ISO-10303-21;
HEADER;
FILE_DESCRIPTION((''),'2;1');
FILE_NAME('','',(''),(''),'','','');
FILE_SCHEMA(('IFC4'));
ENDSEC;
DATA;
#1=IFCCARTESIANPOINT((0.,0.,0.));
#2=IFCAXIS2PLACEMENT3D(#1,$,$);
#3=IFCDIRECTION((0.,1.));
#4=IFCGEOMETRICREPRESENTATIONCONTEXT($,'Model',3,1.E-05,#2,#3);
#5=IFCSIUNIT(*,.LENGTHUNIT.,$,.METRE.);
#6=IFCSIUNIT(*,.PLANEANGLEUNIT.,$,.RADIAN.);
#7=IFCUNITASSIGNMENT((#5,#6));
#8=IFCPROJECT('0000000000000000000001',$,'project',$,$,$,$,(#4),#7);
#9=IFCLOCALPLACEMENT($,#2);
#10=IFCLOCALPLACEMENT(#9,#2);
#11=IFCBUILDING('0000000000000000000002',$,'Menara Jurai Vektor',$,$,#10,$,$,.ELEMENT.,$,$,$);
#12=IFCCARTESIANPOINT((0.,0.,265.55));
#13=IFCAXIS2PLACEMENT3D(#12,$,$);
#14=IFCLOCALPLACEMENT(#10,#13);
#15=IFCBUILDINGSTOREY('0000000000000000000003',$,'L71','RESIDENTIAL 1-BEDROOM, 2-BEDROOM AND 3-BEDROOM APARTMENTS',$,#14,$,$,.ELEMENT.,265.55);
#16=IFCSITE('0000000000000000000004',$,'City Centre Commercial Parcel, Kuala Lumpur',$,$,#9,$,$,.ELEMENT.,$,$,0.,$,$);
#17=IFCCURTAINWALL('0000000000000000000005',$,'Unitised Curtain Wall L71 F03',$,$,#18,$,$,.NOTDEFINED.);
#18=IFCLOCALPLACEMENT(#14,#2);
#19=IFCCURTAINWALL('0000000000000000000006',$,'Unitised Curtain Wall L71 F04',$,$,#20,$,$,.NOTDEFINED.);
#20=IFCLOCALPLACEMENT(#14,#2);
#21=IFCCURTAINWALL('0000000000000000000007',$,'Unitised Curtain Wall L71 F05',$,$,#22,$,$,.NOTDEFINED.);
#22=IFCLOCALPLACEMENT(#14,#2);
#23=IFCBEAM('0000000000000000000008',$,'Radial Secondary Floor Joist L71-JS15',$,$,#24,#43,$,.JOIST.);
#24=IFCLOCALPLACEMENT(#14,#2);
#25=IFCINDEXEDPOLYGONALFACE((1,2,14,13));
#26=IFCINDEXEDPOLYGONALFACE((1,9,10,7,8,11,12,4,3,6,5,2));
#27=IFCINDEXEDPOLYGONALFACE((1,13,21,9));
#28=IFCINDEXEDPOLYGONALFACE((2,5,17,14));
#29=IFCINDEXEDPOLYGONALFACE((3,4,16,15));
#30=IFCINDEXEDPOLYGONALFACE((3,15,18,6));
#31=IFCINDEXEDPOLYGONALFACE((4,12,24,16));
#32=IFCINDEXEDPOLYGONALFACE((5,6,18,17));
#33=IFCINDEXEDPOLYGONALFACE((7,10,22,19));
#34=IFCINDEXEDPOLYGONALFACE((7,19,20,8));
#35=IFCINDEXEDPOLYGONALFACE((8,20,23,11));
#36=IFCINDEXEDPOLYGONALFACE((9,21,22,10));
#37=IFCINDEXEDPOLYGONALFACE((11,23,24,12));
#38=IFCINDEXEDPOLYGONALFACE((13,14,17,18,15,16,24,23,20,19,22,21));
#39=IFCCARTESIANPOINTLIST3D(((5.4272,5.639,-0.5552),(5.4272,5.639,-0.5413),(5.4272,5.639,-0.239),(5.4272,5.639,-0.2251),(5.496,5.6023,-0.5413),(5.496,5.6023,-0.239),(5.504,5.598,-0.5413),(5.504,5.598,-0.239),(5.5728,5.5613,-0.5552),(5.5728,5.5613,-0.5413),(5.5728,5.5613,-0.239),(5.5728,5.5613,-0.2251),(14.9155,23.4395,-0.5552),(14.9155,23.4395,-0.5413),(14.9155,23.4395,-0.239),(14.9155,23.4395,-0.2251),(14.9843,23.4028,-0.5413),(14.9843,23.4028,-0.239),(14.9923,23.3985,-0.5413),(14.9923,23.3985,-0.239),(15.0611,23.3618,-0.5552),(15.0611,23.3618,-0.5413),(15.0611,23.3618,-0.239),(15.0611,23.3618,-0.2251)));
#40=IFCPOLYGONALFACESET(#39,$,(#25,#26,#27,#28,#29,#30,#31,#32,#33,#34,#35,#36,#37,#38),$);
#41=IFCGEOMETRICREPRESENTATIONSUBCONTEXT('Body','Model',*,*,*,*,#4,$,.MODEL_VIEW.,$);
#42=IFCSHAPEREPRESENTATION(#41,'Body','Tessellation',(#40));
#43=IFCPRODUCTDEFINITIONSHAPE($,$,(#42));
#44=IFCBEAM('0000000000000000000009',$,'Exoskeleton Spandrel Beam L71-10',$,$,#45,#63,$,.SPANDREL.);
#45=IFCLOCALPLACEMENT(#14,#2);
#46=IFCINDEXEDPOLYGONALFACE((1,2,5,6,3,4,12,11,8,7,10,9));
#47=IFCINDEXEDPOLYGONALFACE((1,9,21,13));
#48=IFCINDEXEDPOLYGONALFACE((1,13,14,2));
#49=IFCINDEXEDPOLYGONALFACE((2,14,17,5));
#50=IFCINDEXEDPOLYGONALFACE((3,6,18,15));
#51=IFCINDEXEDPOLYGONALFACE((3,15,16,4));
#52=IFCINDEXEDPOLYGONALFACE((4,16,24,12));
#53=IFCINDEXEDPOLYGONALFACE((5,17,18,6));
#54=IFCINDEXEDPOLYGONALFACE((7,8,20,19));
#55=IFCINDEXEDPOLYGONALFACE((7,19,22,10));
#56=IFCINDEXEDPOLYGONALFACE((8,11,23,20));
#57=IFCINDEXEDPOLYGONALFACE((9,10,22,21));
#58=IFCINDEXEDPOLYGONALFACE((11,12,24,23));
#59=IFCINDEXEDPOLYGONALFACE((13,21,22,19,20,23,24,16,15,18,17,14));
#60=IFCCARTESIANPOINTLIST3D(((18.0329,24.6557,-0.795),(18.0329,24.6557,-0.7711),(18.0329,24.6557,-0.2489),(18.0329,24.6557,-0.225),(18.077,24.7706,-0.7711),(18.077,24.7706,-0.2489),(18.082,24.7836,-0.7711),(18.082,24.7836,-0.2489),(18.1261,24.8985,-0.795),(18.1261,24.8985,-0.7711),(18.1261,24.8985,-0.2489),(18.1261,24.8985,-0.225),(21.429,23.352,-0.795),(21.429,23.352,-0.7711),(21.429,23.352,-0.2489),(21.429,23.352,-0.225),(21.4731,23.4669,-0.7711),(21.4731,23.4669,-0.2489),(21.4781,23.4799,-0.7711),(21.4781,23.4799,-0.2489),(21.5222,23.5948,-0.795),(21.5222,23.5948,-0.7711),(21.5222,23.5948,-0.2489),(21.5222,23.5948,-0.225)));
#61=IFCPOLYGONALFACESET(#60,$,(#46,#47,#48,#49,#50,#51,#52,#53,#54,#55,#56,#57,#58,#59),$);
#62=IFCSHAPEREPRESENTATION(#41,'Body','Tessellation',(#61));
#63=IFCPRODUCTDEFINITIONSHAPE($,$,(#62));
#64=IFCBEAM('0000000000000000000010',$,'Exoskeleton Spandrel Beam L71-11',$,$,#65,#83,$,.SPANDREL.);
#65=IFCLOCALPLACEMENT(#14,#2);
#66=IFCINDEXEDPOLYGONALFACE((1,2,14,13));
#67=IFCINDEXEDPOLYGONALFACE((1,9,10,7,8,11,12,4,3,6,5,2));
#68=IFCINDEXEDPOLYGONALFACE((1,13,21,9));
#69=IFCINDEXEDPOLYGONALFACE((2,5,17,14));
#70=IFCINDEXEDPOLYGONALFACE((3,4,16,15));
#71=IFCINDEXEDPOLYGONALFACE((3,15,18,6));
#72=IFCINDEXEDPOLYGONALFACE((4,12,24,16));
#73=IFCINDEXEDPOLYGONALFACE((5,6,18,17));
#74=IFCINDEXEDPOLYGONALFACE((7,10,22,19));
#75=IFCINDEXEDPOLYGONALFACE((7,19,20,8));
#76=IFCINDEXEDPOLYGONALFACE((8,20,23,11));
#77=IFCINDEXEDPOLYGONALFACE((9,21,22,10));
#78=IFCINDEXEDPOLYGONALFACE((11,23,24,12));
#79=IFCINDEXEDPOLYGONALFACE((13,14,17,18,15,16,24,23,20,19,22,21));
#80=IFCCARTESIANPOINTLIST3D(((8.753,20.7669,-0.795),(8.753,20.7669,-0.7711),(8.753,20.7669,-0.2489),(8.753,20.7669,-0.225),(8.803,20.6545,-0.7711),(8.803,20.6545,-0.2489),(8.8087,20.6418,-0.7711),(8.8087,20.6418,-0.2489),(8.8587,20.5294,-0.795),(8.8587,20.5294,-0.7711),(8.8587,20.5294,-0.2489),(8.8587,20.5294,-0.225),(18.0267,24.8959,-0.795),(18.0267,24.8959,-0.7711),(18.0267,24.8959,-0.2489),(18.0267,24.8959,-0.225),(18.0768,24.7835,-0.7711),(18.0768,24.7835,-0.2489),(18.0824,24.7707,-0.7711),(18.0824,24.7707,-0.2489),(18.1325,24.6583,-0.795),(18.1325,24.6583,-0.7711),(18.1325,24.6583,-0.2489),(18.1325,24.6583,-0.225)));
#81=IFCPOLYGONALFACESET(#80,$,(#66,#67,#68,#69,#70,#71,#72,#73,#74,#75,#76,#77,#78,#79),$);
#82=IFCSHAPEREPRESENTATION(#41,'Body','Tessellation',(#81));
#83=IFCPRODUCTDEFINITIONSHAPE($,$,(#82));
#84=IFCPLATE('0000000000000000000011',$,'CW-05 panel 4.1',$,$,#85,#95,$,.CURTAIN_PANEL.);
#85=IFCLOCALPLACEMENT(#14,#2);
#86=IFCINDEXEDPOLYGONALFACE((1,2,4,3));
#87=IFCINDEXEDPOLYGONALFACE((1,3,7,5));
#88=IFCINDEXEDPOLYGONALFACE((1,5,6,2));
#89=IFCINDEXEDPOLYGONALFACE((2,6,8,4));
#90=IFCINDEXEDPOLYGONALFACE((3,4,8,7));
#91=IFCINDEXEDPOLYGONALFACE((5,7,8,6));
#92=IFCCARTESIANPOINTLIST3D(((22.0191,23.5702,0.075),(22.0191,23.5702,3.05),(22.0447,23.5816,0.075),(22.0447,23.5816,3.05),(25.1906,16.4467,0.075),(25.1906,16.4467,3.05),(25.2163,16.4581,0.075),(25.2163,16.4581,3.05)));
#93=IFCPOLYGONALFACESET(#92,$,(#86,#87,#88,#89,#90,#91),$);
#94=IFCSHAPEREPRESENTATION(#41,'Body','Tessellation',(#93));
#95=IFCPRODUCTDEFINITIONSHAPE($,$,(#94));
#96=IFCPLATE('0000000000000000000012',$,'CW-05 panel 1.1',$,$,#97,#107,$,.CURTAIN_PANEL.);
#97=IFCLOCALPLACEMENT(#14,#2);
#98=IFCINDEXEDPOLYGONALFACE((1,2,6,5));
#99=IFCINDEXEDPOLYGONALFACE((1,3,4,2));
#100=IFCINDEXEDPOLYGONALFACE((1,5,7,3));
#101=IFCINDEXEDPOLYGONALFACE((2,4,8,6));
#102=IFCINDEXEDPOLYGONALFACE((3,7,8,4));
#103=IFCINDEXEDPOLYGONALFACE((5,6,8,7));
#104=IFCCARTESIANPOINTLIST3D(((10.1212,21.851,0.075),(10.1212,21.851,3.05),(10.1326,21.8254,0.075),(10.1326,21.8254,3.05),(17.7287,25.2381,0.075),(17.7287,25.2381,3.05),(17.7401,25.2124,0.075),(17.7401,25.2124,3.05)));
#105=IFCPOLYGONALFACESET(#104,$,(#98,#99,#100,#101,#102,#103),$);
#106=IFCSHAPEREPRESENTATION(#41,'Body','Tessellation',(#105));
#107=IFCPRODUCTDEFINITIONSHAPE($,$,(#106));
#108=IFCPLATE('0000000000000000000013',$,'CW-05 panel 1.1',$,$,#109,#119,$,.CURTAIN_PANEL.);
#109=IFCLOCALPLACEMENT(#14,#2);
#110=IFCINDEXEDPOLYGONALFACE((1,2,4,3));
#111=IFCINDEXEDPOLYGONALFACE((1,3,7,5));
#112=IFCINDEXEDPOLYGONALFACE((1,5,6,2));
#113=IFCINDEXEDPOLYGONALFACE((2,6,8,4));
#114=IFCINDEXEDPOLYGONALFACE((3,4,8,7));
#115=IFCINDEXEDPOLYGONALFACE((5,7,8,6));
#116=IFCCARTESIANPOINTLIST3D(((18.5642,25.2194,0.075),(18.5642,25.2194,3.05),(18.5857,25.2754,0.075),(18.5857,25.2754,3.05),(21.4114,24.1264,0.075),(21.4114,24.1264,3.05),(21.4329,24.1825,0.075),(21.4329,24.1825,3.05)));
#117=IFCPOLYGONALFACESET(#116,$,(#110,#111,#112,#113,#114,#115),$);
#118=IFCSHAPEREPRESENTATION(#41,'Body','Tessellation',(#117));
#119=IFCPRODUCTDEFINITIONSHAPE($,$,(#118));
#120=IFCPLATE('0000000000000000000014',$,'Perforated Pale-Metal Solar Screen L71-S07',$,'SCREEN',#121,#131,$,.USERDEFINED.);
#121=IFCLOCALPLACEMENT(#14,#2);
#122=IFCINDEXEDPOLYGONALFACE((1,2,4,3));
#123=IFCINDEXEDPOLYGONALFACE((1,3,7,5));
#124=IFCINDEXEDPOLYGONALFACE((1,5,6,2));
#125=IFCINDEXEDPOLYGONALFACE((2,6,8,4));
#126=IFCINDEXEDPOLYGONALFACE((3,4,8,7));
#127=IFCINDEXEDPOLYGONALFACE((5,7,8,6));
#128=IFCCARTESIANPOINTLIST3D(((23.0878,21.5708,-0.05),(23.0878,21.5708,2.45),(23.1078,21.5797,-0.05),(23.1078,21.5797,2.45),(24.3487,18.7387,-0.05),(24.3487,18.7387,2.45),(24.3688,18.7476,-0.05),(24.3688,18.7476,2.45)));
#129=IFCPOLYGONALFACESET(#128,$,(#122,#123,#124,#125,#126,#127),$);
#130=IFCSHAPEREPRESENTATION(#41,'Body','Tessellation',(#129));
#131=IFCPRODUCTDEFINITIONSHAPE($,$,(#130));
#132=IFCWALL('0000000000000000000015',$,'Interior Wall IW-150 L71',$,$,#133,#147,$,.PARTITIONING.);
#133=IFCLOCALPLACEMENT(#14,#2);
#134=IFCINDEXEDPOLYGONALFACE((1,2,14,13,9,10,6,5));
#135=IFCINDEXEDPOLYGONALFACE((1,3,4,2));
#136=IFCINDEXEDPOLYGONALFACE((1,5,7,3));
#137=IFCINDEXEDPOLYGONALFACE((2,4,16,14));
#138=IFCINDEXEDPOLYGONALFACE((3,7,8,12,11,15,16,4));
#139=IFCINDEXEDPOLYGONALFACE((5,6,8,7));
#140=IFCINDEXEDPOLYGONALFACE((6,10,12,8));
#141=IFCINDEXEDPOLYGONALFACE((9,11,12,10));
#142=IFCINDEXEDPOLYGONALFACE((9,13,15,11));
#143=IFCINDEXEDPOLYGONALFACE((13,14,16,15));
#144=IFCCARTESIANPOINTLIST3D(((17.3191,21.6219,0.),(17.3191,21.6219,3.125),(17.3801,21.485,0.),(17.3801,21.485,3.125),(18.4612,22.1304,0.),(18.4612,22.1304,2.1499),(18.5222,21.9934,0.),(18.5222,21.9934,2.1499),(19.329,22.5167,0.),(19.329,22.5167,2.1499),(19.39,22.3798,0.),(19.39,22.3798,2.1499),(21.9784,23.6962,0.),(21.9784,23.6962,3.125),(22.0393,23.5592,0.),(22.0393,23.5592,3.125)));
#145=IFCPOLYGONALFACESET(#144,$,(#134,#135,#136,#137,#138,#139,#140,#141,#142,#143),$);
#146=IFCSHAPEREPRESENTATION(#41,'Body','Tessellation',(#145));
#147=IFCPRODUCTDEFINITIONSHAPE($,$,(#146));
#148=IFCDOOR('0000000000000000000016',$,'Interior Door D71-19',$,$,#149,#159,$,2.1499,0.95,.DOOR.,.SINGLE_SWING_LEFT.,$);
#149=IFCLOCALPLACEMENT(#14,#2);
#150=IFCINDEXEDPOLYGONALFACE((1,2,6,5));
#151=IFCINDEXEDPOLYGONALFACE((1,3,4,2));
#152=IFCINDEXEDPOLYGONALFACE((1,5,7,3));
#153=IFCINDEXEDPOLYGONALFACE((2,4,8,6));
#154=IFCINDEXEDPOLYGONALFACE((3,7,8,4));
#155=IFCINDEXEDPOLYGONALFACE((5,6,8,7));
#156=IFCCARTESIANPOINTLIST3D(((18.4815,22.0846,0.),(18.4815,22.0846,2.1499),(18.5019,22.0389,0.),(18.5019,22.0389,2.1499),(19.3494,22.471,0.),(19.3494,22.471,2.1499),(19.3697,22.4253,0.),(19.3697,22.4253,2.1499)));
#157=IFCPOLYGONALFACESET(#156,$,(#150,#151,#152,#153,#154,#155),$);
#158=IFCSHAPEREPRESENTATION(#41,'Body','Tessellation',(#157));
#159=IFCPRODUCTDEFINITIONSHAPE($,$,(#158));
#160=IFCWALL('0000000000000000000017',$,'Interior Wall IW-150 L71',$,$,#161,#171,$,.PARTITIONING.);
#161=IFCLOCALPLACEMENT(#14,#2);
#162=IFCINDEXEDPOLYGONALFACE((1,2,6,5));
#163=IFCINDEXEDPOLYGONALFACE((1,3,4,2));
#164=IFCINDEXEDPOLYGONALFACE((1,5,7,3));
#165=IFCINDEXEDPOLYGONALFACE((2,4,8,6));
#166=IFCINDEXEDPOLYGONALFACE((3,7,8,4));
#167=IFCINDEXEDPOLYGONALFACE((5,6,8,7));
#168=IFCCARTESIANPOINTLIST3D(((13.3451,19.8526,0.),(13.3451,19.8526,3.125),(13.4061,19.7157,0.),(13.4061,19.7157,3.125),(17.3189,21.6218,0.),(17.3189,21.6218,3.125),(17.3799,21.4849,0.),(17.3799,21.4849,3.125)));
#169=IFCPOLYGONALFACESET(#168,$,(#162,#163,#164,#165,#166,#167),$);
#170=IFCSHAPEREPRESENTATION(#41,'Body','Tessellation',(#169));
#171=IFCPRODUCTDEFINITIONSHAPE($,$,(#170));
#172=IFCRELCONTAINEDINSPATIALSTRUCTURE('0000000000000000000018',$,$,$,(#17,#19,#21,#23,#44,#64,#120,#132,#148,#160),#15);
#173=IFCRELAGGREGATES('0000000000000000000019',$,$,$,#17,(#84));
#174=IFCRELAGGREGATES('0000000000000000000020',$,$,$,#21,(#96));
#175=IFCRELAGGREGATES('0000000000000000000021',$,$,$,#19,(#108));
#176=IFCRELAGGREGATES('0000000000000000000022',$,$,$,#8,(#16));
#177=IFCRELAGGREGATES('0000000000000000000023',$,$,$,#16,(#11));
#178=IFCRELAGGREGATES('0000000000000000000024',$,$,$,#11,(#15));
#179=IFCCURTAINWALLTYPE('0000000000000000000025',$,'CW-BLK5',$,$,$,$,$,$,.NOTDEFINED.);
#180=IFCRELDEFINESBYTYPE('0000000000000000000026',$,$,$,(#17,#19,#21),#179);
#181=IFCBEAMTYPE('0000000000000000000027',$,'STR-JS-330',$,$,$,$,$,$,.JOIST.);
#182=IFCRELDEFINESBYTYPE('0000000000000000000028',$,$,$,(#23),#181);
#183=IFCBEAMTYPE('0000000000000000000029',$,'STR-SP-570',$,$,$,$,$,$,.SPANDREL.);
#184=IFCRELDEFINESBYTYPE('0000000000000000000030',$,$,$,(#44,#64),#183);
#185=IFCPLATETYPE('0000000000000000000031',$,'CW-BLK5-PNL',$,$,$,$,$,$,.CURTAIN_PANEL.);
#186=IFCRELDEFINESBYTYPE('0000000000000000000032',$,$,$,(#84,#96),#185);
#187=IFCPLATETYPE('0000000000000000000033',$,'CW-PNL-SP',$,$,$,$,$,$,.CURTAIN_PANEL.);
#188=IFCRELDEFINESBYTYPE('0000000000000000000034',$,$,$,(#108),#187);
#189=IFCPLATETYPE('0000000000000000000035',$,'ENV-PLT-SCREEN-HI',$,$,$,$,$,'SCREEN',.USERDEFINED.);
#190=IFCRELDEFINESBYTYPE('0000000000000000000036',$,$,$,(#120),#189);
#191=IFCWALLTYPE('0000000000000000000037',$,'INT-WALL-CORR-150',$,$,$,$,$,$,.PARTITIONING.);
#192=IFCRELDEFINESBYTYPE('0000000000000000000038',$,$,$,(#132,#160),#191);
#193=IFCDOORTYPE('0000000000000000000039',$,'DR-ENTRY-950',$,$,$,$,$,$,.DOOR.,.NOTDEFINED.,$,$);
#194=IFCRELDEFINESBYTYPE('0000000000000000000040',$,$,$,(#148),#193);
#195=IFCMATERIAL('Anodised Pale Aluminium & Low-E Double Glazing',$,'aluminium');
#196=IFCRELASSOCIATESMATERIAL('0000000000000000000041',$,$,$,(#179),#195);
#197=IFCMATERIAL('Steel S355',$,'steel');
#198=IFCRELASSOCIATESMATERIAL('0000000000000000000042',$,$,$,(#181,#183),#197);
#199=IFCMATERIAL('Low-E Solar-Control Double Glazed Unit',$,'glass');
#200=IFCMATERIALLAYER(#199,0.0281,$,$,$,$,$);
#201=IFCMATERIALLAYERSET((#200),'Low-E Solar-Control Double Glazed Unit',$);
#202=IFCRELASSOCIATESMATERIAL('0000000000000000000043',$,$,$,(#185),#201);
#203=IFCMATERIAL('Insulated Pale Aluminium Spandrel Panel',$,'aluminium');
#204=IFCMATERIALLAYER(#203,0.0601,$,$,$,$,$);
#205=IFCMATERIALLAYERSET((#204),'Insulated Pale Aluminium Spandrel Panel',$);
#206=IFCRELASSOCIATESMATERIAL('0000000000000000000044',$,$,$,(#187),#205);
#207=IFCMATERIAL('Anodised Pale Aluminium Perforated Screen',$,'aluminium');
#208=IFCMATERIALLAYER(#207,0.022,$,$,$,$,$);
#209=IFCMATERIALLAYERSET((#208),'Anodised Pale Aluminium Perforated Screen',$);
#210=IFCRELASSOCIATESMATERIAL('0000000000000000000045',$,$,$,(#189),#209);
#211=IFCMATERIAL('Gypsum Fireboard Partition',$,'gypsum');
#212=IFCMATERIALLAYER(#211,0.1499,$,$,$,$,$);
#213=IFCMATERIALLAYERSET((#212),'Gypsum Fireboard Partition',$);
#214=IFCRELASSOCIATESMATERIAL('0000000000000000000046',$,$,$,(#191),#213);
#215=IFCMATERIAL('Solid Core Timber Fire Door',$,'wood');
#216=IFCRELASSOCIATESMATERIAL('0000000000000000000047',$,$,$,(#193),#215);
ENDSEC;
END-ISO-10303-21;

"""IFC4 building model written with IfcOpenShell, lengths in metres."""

from ifc_helpers import new_model, si_unit, direction, frame, frame_2d, origin, origin_2d, place, context, subcontext, project, spatial, rectangle, i_section, extrude, material, layer, layer_set, material_profile, profile_set, type_object, element, fill, aggregate, save


model = new_model("IFC4")

# Units and contexts
model_context = context("Model", 3, precision=1e-05, world=origin(), true_north=direction((0.0, 1.0)))
body_context = subcontext(model_context, "Body", "Model", "MODEL_VIEW")
ifc_project = project(units=[si_unit("LENGTHUNIT", "METRE"), si_unit("PLANEANGLEUNIT", "RADIAN")], contexts=[model_context])

# Site, building, storey
site_placement = place(None, origin())
site = spatial("IfcSite", under=ifc_project, at=site_placement, Name="City Centre Commercial Parcel, Kuala Lumpur", CompositionType="ELEMENT", RefElevation=0.0)
building_placement = place(site_placement, origin())
building = spatial("IfcBuilding", under=site, at=building_placement, Name="Menara Jurai Vektor", CompositionType="ELEMENT")
storey_placement = place(building_placement, frame((0.0, 0.0, 265.55)))
storey = spatial("IfcBuildingStorey", under=building, at=storey_placement, Name="L71", Description="RESIDENTIAL 1-BEDROOM, 2-BEDROOM AND 3-BEDROOM APARTMENTS", CompositionType="ELEMENT", Elevation=265.55)

# Curtain wall
ifc_material_1 = material(Name="Anodised Pale Aluminium & Low-E Double Glazing", Category="aluminium")
curtain_wall_type = type_object("IfcCurtainWallType", Name="CW-BLK5", PredefinedType="NOTDEFINED", material=ifc_material_1)
curtain_wall_1_placement = place(storey_placement, origin())
curtain_wall_1 = element("IfcCurtainWall", 1, at=curtain_wall_1_placement, inside=storey, type_object=curtain_wall_type, Name="Unitised Curtain Wall L71 F03", PredefinedType="NOTDEFINED")

# Curtain wall
curtain_wall_2_placement = place(storey_placement, origin())
curtain_wall_2 = element("IfcCurtainWall", 2, at=curtain_wall_2_placement, inside=storey, type_object=curtain_wall_type, Name="Unitised Curtain Wall L71 F04", PredefinedType="NOTDEFINED")

# Curtain wall
curtain_wall_3_placement = place(storey_placement, origin())
curtain_wall_3 = element("IfcCurtainWall", 3, at=curtain_wall_3_placement, inside=storey, type_object=curtain_wall_type, Name="Unitised Curtain Wall L71 F05", PredefinedType="NOTDEFINED")

# Shared definitions
ifc_material_2 = material(Name="Steel S355", Category="steel")

# Beams
ifc_material_profile_1 = material_profile(ifc_material_2, i_section(OverallWidth=0.165, OverallDepth=0.3301, WebThickness=0.009, FlangeThickness=0.0139, at=origin_2d()), Name="PG 330x165x46")
ifc_profile_set_1 = profile_set([ifc_material_profile_1], Name="Steel S355")
beam_type_1 = type_object("IfcBeamType", Name="STR-JS-330", PredefinedType="JOIST", material=ifc_profile_set_1)
beam_1_placement = place(storey_placement, frame((14.9883, 23.4006, -0.3901), z_axis=(-0.470382, -0.882463, 0.0), x_axis=(0.882463, -0.470382, 0.0)))
element("IfcBeam", 4, at=beam_1_placement, inside=storey, type_object=beam_type_1, Name="Radial Secondary Floor Joist L71-JS15", PredefinedType="JOIST", context=body_context, shape_type="SweptSolid", body=[
    extrude(i_section(OverallWidth=0.165, OverallDepth=0.3301, WebThickness=0.009, FlangeThickness=0.0139, at=origin_2d()), origin(), (0.0, 0.0, 1.0), 20.1714),
])
ifc_material_profile_2 = material_profile(ifc_material_2, i_section(OverallWidth=0.26, OverallDepth=0.5701, WebThickness=0.0139, FlangeThickness=0.0239, at=origin_2d()), Name="PG 570x260x145")
ifc_profile_set_2 = profile_set([ifc_material_profile_2], Name="Steel S355")
beam_type_2 = type_object("IfcBeamType", Name="STR-SP-570", PredefinedType="SPANDREL", material=ifc_profile_set_2)
beam_2_placement = place(storey_placement, frame((21.4756, 23.4734, -0.51), z_axis=(-0.93357, 0.358394, 0.0), x_axis=(-0.358394, -0.93357, 0.0)))
element("IfcBeam", 5, at=beam_2_placement, inside=storey, type_object=beam_type_2, Name="Exoskeleton Spandrel Beam L71-10", PredefinedType="SPANDREL", context=body_context, shape_type="SweptSolid", body=[
    extrude(i_section(OverallWidth=0.26, OverallDepth=0.5701, WebThickness=0.0139, FlangeThickness=0.0239, at=origin_2d()), origin(), (0.0, 0.0, 1.0), 3.6377),
])
beam_3_placement = place(storey_placement, frame((18.0796, 24.7771, -0.51), z_axis=(-0.913546, -0.406736, 0.0), x_axis=(0.406736, -0.913546, 0.0)))
element("IfcBeam", 6, at=beam_3_placement, inside=storey, type_object=beam_type_2, Name="Exoskeleton Spandrel Beam L71-11", PredefinedType="SPANDREL", context=body_context, shape_type="SweptSolid", body=[
    extrude(i_section(OverallWidth=0.26, OverallDepth=0.5701, WebThickness=0.0139, FlangeThickness=0.0239, at=origin_2d()), origin(), (0.0, 0.0, 1.0), 10.1514),
])

# Plates
ifc_material_3 = material(Name="Low-E Solar-Control Double Glazed Unit", Category="glass")
ifc_layer_1 = layer(ifc_material_3, 0.0281)
ifc_layer_set_1 = layer_set([ifc_layer_1], Name="Low-E Solar-Control Double Glazed Unit")
plate_type_1 = type_object("IfcPlateType", Name="CW-BLK5-PNL", PredefinedType="CURTAIN_PANEL", material=ifc_layer_set_1)
plate_1_placement = place(storey_placement, frame((23.6177, 20.0142, 0.075), z_axis=(0.0, 0.0, 1.0), x_axis=(-0.406735, 0.913546, 0.0)))
plate_1 = element("IfcPlate", 7, at=plate_1_placement, type_object=plate_type_1, Name="CW-05 panel 4.1", PredefinedType="CURTAIN_PANEL", context=body_context, shape_type="SweptSolid", body=[
    extrude(rectangle(XDim=7.7976, YDim=0.0281, at=origin_2d()), origin(), (0.0, 0.0, 1.0), 2.9751),
])
aggregate(curtain_wall_1, [plate_1])
plate_2_placement = place(storey_placement, frame((13.9307, 23.5317, 0.075), z_axis=(0.0, 0.0, 1.0), x_axis=(-0.913546, -0.406735, 0.0)))
plate_2 = element("IfcPlate", 8, at=plate_2_placement, type_object=plate_type_1, Name="CW-05 panel 1.1", PredefinedType="CURTAIN_PANEL", context=body_context, shape_type="SweptSolid", body=[
    extrude(rectangle(XDim=8.3274, YDim=0.0281, at=origin_2d()), origin(), (0.0, 0.0, 1.0), 2.9751),
])
aggregate(curtain_wall_3, [plate_2])
ifc_material_4 = material(Name="Insulated Pale Aluminium Spandrel Panel", Category="aluminium")
ifc_layer_2 = layer(ifc_material_4, 0.0601)
ifc_layer_set_2 = layer_set([ifc_layer_2], Name="Insulated Pale Aluminium Spandrel Panel")
plate_type_2 = type_object("IfcPlateType", Name="CW-PNL-SP", PredefinedType="CURTAIN_PANEL", material=ifc_layer_set_2)
plate_3_placement = place(storey_placement, frame((19.9985, 24.7009, 0.075), z_axis=(0.0, 0.0, 1.0), x_axis=(-0.933578, 0.358374, 0.0)))
plate_3 = element("IfcPlate", 9, at=plate_3_placement, type_object=plate_type_2, Name="CW-05 panel 1.1", PredefinedType="CURTAIN_PANEL", context=body_context, shape_type="SweptSolid", body=[
    extrude(rectangle(XDim=3.0498, YDim=0.0601, at=origin_2d()), origin(), (0.0, 0.0, 1.0), 2.9751),
])
aggregate(curtain_wall_2, [plate_3])
ifc_material_5 = material(Name="Anodised Pale Aluminium Perforated Screen", Category="aluminium")
ifc_layer_3 = layer(ifc_material_5, 0.022)
ifc_layer_set_3 = layer_set([ifc_layer_3], Name="Anodised Pale Aluminium Perforated Screen")
plate_type_3 = type_object("IfcPlateType", Name="ENV-PLT-SCREEN-HI", ElementType="SCREEN", PredefinedType="USERDEFINED", material=ifc_layer_set_3)
plate_4_placement = place(storey_placement, frame((23.7283, 20.1592, -0.05), z_axis=(0.0, 0.0, 1.0), x_axis=(-0.406737, 0.913545, 0.0)))
element("IfcPlate", 10, at=plate_4_placement, inside=storey, type_object=plate_type_3, Name="Perforated Pale-Metal Solar Screen L71-S07", ObjectType="SCREEN", PredefinedType="USERDEFINED", context=body_context, shape_type="SweptSolid", body=[
    extrude(rectangle(XDim=3.1001, YDim=0.022, at=origin_2d()), origin(), (0.0, 0.0, 1.0), 2.5),
])

# Wall, opening, door
ifc_material_6 = material(Name="Gypsum Fireboard Partition", Category="gypsum")
ifc_layer_4 = layer(ifc_material_6, 0.1499)
ifc_layer_set_4 = layer_set([ifc_layer_4], Name="Gypsum Fireboard Partition")
wall_type_1 = type_object("IfcWallType", Name="INT-WALL-CORR-150", PredefinedType="PARTITIONING", material=ifc_layer_set_4)
wall_1_placement = place(storey_placement, frame((17.3496, 21.5535, 0.0), z_axis=(0.0, 0.0, 1.0), x_axis=(0.913559, 0.406707, 0.0)))
wall_1 = element("IfcWall", 11, at=wall_1_placement, inside=storey, type_object=wall_type_1, Name="Interior Wall IW-150 L71", PredefinedType="PARTITIONING", context=body_context, shape_type="SweptSolid", body=[
    extrude(rectangle(XDim=5.1001, YDim=0.1499, at=frame_2d((2.55, 0.0))), origin(), (0.0, 0.0, 1.0), 3.125),
])
opening_1_placement = place(wall_1_placement, frame((1.25, 0.0, 0.0)))
opening_1 = element("IfcOpeningElement", 12, at=opening_1_placement, cuts=wall_1, PredefinedType="OPENING", context=body_context, shape_type="SweptSolid", body=[
    extrude(rectangle(XDim=0.95, YDim=2.1499, at=frame_2d((0.4751, 1.075))), frame((0.0, 0.085, 0.0), z_axis=(0.0, -1.0, 0.0), x_axis=(1.0, 0.0, 0.0)), (0.0, 0.0, 1.0), 0.1699),
])
ifc_material_7 = material(Name="Solid Core Timber Fire Door", Category="wood")
door_type_1 = type_object("IfcDoorType", Name="DR-ENTRY-950", OperationType="NOTDEFINED", PredefinedType="DOOR", material=ifc_material_7)
door_1_placement = place(opening_1_placement, origin())
door_1 = element("IfcDoor", 13, at=door_1_placement, inside=storey, type_object=door_type_1, Name="Interior Door D71-19", OperationType="SINGLE_SWING_LEFT", OverallHeight=2.1499, OverallWidth=0.95, PredefinedType="DOOR", context=body_context, shape_type="SweptSolid", body=[
    extrude(rectangle(XDim=0.95, YDim=2.1499, at=frame_2d((0.4751, 1.075))), frame((0.0, 0.0249, 0.0), z_axis=(0.0, -1.0, 0.0), x_axis=(1.0, 0.0, 0.0)), (0.0, 0.0, 1.0), 0.05),
])
fill(opening_1, door_1)

# Wall
wall_2_placement = place(storey_placement, frame((13.3757, 19.7842, 0.0), z_axis=(0.0, 0.0, 1.0), x_axis=(0.913545, 0.406737, 0.0)))
element("IfcWall", 14, at=wall_2_placement, inside=storey, type_object=wall_type_1, Name="Interior Wall IW-150 L71", PredefinedType="PARTITIONING", context=body_context, shape_type="SweptSolid", body=[
    extrude(rectangle(XDim=4.3499, YDim=0.1499, at=frame_2d((2.1748, 0.0))), origin(), (0.0, 0.0, 1.0), 3.125),
])

save(model, "model.ifc")
